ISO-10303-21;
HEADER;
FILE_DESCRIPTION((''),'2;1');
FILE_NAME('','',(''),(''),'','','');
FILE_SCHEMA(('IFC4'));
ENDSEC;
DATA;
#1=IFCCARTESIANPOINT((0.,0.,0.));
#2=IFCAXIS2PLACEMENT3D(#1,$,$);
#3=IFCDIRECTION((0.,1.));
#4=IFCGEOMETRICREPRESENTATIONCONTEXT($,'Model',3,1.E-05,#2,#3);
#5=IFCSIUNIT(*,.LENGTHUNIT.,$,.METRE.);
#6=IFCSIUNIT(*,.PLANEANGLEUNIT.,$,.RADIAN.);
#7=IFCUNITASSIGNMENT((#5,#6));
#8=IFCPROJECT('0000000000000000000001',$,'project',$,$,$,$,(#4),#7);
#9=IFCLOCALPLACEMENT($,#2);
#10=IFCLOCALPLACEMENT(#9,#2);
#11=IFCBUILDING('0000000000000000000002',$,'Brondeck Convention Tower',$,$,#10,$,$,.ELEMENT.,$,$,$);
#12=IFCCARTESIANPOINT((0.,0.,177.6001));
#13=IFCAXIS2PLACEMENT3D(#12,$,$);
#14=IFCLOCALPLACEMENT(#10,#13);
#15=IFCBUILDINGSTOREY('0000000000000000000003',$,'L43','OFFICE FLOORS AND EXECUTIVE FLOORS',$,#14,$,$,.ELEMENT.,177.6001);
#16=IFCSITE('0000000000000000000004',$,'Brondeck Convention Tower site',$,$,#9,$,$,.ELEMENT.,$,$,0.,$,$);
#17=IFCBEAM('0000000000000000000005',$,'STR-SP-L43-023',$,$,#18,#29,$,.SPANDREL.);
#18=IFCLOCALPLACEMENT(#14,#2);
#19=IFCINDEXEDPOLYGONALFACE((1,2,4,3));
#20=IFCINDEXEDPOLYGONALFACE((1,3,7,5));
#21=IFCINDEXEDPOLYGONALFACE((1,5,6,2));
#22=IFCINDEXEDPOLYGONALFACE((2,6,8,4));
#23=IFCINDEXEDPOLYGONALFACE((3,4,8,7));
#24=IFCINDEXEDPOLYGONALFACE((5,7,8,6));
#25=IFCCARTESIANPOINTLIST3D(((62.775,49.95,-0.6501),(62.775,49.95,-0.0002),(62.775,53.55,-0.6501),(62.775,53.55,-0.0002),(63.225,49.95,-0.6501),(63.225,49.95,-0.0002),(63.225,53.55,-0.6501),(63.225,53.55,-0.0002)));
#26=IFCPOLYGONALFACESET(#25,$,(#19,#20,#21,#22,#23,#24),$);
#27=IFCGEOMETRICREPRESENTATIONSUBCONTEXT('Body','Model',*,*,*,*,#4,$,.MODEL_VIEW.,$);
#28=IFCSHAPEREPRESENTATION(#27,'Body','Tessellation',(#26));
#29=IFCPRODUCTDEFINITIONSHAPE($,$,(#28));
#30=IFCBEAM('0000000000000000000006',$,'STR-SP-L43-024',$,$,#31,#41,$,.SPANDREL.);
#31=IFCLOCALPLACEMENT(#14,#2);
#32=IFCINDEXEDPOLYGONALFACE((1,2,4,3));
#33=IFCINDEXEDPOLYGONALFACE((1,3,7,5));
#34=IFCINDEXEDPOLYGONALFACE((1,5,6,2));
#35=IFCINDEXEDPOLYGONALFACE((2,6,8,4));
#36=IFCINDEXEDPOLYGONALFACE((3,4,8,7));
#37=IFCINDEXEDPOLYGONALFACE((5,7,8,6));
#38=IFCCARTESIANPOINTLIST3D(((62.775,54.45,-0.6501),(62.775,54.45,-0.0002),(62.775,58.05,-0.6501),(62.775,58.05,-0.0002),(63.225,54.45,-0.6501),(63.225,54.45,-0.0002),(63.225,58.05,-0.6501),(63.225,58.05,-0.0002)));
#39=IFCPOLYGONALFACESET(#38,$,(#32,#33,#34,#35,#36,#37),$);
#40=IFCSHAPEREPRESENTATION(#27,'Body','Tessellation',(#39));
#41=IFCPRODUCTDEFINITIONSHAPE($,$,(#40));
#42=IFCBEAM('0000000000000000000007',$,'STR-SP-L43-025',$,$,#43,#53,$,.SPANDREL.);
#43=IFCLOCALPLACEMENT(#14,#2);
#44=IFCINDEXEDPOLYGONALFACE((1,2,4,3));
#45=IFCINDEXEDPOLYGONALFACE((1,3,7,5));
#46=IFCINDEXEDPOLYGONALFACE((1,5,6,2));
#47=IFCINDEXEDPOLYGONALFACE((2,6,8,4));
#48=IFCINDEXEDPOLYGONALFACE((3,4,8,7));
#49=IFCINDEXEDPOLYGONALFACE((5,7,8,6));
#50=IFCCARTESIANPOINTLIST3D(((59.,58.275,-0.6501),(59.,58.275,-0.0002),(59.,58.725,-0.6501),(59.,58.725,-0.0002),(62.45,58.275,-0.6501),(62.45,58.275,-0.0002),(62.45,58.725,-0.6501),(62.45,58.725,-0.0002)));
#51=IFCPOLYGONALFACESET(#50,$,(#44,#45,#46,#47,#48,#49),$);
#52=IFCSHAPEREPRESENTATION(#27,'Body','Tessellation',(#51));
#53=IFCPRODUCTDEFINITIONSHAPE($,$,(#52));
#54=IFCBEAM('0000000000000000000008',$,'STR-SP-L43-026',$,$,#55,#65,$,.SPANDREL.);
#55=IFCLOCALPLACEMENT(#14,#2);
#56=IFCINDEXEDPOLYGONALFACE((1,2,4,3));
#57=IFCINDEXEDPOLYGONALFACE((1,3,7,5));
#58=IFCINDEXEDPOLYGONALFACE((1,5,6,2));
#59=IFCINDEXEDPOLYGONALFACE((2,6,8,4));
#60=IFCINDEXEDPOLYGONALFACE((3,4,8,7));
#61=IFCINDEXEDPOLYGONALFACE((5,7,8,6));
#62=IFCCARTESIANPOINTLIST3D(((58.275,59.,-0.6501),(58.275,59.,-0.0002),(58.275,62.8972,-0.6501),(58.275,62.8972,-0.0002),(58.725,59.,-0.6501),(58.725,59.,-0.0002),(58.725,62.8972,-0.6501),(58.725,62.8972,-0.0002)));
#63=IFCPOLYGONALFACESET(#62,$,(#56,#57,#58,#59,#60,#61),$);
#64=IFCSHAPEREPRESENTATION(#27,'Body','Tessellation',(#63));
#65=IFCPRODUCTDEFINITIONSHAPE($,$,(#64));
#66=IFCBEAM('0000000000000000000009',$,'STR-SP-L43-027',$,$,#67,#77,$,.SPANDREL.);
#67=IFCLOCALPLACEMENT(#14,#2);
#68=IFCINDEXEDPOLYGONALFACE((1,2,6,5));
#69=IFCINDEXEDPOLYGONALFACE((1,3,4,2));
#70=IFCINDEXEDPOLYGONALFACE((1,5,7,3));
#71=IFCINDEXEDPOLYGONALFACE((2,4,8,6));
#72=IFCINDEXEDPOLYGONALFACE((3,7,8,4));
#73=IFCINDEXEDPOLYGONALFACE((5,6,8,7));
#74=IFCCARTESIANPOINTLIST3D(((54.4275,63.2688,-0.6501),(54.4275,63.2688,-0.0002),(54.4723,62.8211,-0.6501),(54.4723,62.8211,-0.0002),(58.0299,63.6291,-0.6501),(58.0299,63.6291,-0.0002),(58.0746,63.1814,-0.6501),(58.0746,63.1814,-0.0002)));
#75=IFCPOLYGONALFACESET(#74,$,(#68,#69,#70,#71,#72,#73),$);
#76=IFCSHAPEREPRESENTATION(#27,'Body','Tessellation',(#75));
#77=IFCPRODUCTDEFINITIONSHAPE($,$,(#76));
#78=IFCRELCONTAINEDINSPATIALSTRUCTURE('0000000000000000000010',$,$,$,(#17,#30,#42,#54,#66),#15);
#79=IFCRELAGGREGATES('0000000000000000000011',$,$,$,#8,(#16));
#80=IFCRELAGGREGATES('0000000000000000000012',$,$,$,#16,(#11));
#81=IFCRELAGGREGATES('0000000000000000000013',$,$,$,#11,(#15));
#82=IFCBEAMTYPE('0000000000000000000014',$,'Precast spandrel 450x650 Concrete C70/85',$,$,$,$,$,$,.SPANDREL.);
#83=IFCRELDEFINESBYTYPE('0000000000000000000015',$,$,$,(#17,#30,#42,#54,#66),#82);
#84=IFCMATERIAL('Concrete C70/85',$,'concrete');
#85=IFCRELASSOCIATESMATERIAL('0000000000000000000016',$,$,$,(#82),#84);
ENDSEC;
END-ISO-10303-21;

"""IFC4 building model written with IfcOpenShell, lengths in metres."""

from ifc_helpers import new_model, si_unit, direction, frame, origin, origin_2d, place, context, subcontext, project, spatial, rectangle, extrude, material, material_profile, profile_set, type_object, element, save


model = new_model("IFC4")

# Units and contexts
model_context = context("Model", 3, precision=1e-05, world=origin(), true_north=direction((0.0, 1.0)))
body_context = subcontext(model_context, "Body", "Model", "MODEL_VIEW")
ifc_project = project(units=[si_unit("LENGTHUNIT", "METRE"), si_unit("PLANEANGLEUNIT", "RADIAN")], contexts=[model_context])

# Site, building, storey
site_placement = place(None, origin())
site = spatial("IfcSite", under=ifc_project, at=site_placement, Name="Brondeck Convention Tower site", CompositionType="ELEMENT", RefElevation=0.0)
building_placement = place(site_placement, origin())
building = spatial("IfcBuilding", under=site, at=building_placement, Name="Brondeck Convention Tower", CompositionType="ELEMENT")
storey_placement = place(building_placement, frame((0.0, 0.0, 177.6001)))
storey = spatial("IfcBuildingStorey", under=building, at=storey_placement, Name="L43", Description="OFFICE FLOORS AND EXECUTIVE FLOORS", CompositionType="ELEMENT", Elevation=177.6001)

# Shared definitions
ifc_material_1 = material(Name="Concrete C70/85", Category="concrete")

# Beams
ifc_material_profile_1 = material_profile(ifc_material_1, rectangle(XDim=0.45, YDim=0.6499, at=origin_2d()), Name="Precast spandrel 450x650 Concrete C70/85")
ifc_profile_set_1 = profile_set([ifc_material_profile_1], Name="Concrete C70/85")
beam_type_1 = type_object("IfcBeamType", Name="Precast spandrel 450x650 Concrete C70/85", PredefinedType="SPANDREL", material=ifc_profile_set_1)
for number, where, z_axis, x_axis, name in (
    (1, (63.0, 49.95, -0.3252), (0.0, 1.0, 0.0), (-1.0, 0.0, 0.0), "STR-SP-L43-023"),
    (2, (63.0, 54.45, -0.3252), (0.0, 1.0, 0.0), (-1.0, 0.0, 0.0), "STR-SP-L43-024"),
):
    element("IfcBeam", number, at=place(storey_placement, frame(where, z_axis=z_axis, x_axis=x_axis)), inside=storey, type_object=beam_type_1, Name=name, PredefinedType="SPANDREL", context=body_context, shape_type="SweptSolid", body=[
        extrude(rectangle(XDim=0.45, YDim=0.6499, at=origin_2d()), origin(), (0.0, 0.0, 1.0), 3.6001),
    ])
beam_1_placement = place(storey_placement, frame((62.45, 58.5, -0.3252), z_axis=(-1.0, 0.0, 0.0), x_axis=(0.0, -1.0, 0.0)))
element("IfcBeam", 3, at=beam_1_placement, inside=storey, type_object=beam_type_1, Name="STR-SP-L43-025", PredefinedType="SPANDREL", context=body_context, shape_type="SweptSolid", body=[
    extrude(rectangle(XDim=0.45, YDim=0.6499, at=origin_2d()), origin(), (0.0, 0.0, 1.0), 3.45),
])
beam_2_placement = place(storey_placement, frame((58.5, 59.0, -0.3252), z_axis=(0.0, 1.0, 0.0), x_axis=(-1.0, 0.0, 0.0)))
element("IfcBeam", 4, at=beam_2_placement, inside=storey, type_object=beam_type_1, Name="STR-SP-L43-026", PredefinedType="SPANDREL", context=body_context, shape_type="SweptSolid", body=[
    extrude(rectangle(XDim=0.45, YDim=0.6499, at=origin_2d()), origin(), (0.0, 0.0, 1.0), 3.8972),
])
beam_3_placement = place(storey_placement, frame((58.0522, 63.4053, -0.3252), z_axis=(-0.995034, -0.099537, 0.0), x_axis=(0.099537, -0.995034, 0.0)))
element("IfcBeam", 5, at=beam_3_placement, inside=storey, type_object=beam_type_1, Name="STR-SP-L43-027", PredefinedType="SPANDREL", context=body_context, shape_type="SweptSolid", body=[
    extrude(rectangle(XDim=0.45, YDim=0.6499, at=origin_2d()), origin(), (0.0, 0.0, 1.0), 3.6204),
])

save(model, "model.ifc")
